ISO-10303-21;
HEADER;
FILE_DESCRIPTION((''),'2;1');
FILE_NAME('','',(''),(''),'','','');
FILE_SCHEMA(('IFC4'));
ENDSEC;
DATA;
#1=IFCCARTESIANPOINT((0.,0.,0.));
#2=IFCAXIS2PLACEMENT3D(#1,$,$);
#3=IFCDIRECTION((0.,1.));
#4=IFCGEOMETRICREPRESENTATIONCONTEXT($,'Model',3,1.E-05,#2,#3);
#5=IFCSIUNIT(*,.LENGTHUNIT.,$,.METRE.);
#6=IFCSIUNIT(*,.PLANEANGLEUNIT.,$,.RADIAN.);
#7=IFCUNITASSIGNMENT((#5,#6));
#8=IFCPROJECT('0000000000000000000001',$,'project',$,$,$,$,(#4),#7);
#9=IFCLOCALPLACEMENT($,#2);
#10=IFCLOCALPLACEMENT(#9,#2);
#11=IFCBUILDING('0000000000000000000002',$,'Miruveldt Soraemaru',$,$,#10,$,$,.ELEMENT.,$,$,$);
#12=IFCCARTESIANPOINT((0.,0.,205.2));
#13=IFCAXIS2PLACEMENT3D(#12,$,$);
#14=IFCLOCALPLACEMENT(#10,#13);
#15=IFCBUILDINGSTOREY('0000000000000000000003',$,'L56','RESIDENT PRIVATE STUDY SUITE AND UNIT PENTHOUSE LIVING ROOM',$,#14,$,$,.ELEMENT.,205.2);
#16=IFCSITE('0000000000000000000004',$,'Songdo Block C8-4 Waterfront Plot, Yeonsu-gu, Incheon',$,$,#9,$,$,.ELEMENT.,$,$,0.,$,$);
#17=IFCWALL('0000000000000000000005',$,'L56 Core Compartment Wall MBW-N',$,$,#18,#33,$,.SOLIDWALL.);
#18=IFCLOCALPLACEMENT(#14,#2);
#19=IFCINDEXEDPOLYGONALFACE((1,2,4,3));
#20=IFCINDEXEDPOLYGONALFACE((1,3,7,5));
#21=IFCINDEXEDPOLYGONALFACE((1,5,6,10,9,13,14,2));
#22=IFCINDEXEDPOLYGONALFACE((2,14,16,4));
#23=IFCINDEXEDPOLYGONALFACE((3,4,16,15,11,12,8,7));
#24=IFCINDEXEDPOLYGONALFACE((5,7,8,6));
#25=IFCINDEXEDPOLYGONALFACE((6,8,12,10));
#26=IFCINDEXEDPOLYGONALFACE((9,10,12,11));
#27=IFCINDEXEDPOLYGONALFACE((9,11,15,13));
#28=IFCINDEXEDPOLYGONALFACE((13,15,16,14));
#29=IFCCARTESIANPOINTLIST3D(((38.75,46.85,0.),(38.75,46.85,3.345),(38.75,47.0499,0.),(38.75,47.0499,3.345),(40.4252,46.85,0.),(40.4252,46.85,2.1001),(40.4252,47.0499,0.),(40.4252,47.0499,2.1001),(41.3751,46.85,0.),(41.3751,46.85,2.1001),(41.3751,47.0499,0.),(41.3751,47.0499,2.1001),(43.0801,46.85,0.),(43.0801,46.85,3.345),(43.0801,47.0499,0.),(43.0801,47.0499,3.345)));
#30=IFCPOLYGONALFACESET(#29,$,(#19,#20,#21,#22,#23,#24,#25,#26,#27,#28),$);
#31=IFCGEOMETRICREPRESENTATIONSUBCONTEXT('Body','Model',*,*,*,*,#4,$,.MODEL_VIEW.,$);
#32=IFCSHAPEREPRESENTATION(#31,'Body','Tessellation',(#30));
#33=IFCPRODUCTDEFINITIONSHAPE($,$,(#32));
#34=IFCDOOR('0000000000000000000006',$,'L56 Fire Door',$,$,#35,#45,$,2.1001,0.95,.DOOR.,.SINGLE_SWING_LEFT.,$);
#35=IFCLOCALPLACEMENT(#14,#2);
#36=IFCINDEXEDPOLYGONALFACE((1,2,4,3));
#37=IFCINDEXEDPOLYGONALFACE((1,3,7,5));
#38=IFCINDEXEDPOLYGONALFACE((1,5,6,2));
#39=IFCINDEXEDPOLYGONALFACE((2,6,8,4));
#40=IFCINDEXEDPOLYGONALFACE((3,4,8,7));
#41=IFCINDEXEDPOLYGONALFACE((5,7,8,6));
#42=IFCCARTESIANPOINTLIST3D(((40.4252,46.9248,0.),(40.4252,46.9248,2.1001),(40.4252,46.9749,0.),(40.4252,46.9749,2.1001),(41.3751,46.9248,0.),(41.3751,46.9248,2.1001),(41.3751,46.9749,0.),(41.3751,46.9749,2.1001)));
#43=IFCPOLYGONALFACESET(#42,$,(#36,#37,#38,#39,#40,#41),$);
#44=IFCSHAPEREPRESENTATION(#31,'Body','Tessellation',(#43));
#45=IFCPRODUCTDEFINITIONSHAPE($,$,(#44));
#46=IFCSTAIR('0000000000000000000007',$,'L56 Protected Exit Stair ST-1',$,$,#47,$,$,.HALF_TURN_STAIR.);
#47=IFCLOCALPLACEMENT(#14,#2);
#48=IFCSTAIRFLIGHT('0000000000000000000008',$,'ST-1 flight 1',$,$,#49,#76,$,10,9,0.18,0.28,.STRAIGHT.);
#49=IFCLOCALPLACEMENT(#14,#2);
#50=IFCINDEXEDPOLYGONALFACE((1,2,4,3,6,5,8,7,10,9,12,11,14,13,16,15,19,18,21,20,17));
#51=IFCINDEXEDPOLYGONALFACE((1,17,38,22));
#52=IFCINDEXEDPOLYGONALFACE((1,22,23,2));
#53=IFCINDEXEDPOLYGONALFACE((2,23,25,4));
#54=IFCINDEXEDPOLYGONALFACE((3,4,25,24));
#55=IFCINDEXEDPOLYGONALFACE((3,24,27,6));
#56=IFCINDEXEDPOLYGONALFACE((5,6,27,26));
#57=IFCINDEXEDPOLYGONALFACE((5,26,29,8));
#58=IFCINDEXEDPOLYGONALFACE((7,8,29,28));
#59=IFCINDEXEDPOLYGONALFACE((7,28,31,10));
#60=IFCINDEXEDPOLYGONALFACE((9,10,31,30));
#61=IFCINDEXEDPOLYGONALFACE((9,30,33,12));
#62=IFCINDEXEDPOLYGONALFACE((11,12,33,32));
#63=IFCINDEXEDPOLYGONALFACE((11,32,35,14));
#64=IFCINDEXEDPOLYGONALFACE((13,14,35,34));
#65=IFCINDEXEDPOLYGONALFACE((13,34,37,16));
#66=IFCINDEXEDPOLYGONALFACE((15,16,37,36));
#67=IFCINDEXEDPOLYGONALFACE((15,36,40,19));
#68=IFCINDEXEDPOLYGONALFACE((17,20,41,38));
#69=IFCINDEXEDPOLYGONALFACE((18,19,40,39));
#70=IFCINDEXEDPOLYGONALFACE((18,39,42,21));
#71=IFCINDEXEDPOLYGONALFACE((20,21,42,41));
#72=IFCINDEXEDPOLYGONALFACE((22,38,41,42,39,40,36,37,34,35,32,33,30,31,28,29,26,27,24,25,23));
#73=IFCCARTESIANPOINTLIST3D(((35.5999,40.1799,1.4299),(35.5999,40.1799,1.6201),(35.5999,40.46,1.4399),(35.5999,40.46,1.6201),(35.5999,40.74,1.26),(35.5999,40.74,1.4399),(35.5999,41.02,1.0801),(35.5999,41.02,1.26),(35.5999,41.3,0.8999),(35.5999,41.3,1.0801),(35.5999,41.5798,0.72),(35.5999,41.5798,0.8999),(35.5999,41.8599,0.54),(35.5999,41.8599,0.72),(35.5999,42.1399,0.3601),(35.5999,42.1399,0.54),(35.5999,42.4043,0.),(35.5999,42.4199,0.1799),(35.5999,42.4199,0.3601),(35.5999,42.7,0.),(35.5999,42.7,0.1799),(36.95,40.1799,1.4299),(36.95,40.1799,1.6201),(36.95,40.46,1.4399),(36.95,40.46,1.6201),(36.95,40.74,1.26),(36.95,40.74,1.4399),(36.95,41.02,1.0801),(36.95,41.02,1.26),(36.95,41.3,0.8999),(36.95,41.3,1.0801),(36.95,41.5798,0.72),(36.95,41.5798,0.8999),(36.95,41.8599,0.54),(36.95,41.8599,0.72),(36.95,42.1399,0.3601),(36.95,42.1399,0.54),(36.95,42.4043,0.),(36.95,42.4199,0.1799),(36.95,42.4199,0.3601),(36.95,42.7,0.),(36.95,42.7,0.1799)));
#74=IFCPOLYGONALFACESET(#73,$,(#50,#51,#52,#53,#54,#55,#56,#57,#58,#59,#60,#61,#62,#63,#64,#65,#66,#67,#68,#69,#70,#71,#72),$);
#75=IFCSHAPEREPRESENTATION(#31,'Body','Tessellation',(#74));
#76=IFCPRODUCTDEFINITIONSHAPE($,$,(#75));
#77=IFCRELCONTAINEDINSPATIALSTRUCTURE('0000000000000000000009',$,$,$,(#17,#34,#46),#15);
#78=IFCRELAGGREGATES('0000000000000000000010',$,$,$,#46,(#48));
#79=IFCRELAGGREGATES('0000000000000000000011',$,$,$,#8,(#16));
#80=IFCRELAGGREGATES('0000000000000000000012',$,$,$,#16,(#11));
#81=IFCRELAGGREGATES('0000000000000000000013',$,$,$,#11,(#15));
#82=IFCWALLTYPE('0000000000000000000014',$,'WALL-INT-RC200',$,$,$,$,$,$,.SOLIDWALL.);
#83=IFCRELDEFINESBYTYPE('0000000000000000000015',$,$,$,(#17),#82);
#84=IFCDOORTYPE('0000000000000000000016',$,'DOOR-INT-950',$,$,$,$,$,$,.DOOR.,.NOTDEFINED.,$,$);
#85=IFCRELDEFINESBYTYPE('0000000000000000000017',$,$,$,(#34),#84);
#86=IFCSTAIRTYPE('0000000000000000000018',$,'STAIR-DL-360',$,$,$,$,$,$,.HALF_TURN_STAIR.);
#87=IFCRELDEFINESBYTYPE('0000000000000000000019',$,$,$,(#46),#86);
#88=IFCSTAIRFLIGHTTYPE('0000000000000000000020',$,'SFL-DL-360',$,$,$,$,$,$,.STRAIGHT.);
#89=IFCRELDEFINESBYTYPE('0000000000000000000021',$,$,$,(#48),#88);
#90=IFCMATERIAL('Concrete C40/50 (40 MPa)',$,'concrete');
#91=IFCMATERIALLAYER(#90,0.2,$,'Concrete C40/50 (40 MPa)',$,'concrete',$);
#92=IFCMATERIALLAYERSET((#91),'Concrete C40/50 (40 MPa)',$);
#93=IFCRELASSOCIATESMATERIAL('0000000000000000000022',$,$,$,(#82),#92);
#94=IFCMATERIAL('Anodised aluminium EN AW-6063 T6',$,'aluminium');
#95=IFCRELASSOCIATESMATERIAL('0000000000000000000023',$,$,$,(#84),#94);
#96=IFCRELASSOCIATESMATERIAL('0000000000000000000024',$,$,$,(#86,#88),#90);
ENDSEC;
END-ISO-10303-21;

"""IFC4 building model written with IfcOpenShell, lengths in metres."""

from ifc_helpers import new_model, si_unit, direction, frame, frame_2d, origin, place, context, subcontext, project, spatial, polyline, rectangle, outline, extrude, material, layer, layer_set, type_object, element, fill, aggregate, save


model = new_model("IFC4")

# Units and contexts
model_context = context("Model", 3, precision=1e-05, world=origin(), true_north=direction((0.0, 1.0)))
body_context = subcontext(model_context, "Body", "Model", "MODEL_VIEW")
ifc_project = project(units=[si_unit("LENGTHUNIT", "METRE"), si_unit("PLANEANGLEUNIT", "RADIAN")], contexts=[model_context])

# Site, building, storey
site_placement = place(None, origin())
site = spatial("IfcSite", under=ifc_project, at=site_placement, Name="Songdo Block C8-4 Waterfront Plot, Yeonsu-gu, Incheon", CompositionType="ELEMENT", RefElevation=0.0)
building_placement = place(site_placement, origin())
building = spatial("IfcBuilding", under=site, at=building_placement, Name="Miruveldt Soraemaru", CompositionType="ELEMENT")
storey_placement = place(building_placement, frame((0.0, 0.0, 205.2)))
storey = spatial("IfcBuildingStorey", under=building, at=storey_placement, Name="L56", Description="RESIDENT PRIVATE STUDY SUITE AND UNIT PENTHOUSE LIVING ROOM", CompositionType="ELEMENT", Elevation=205.2)

# Wall, opening, door
ifc_material_1 = material(Name="Concrete C40/50 (40 MPa)", Category="concrete")
ifc_material_2 = material(Name="Anodised aluminium EN AW-6063 T6", Category="aluminium")
ifc_layer_1 = layer(ifc_material_1, 0.2, Name="Concrete C40/50 (40 MPa)", Category="concrete")
ifc_layer_set_1 = layer_set([ifc_layer_1], Name="Concrete C40/50 (40 MPa)")
wall_type_1 = type_object("IfcWallType", Name="WALL-INT-RC200", PredefinedType="SOLIDWALL", material=ifc_layer_set_1)
wall_1_placement = place(storey_placement, frame((38.75, 46.95, 0.0), z_axis=(0.0, 0.0, 1.0), x_axis=(1.0, 0.0, 0.0)))
wall_1 = element("IfcWall", 1, at=wall_1_placement, inside=storey, type_object=wall_type_1, Name="L56 Core Compartment Wall MBW-N", PredefinedType="SOLIDWALL", context=body_context, shape_type="SweptSolid", body=[
    extrude(rectangle(XDim=4.3301, YDim=0.2, at=frame_2d((2.165, 0.0))), origin(), (0.0, 0.0, 1.0), 3.345),
])
opening_1_placement = place(wall_1_placement, frame((1.675, 0.0, 0.0)))
opening_1 = element("IfcOpeningElement", 2, at=opening_1_placement, cuts=wall_1, PredefinedType="OPENING", context=body_context, shape_type="SweptSolid", body=[
    extrude(rectangle(XDim=0.95, YDim=2.1001, at=frame_2d((0.4751, 1.05))), frame((0.0, 0.1099, 0.0), z_axis=(0.0, -1.0, 0.0), x_axis=(1.0, 0.0, 0.0)), (0.0, 0.0, 1.0), 0.22),
])
door_type_1 = type_object("IfcDoorType", Name="DOOR-INT-950", OperationType="NOTDEFINED", PredefinedType="DOOR", material=ifc_material_2)
door_1_placement = place(opening_1_placement, origin())
door_1 = element("IfcDoor", 3, at=door_1_placement, inside=storey, type_object=door_type_1, Name="L56 Fire Door", OperationType="SINGLE_SWING_LEFT", OverallHeight=2.1001, OverallWidth=0.95, PredefinedType="DOOR", context=body_context, shape_type="SweptSolid", body=[
    extrude(rectangle(XDim=0.95, YDim=2.1001, at=frame_2d((0.4751, 1.05))), frame((0.0, 0.0249, 0.0), z_axis=(0.0, -1.0, 0.0), x_axis=(1.0, 0.0, 0.0)), (0.0, 0.0, 1.0), 0.05),
])
fill(opening_1, door_1)

# Stair, stair flight
stair_type = type_object("IfcStairType", Name="STAIR-DL-360", PredefinedType="HALF_TURN_STAIR", material=ifc_material_1)
stair_placement = place(storey_placement, origin())
stair = element("IfcStair", 4, at=stair_placement, inside=storey, type_object=stair_type, Name="L56 Protected Exit Stair ST-1", PredefinedType="HALF_TURN_STAIR")
stair_flight_type = type_object("IfcStairFlightType", Name="SFL-DL-360", PredefinedType="STRAIGHT", material=ifc_material_1)
stair_flight_placement = place(storey_placement, frame((36.2749, 42.7, 0.0), z_axis=(0.0, 0.0, 1.0), x_axis=(0.0, -1.0, 0.0)))
stair_flight = element("IfcStairFlight", 5, at=stair_flight_placement, type_object=stair_flight_type, Name="ST-1 flight 1", NumberOfRisers=10, NumberOfTreads=9, PredefinedType="STRAIGHT", RiserHeight=0.18, TreadLength=0.28, context=body_context, shape_type="SweptSolid", body=[
    extrude(outline(polyline([(0.0, 0.0), (0.0, 0.1799), (0.28, 0.1799), (0.28, 0.3601), (0.5601, 0.3601), (0.5601, 0.54), (0.8401, 0.54), (0.8401, 0.72), (1.1201, 0.72), (1.1201, 0.8999), (1.3999, 0.8999), (1.3999, 1.0801), (1.6799, 1.0801), (1.6799, 1.26), (1.96, 1.26), (1.96, 1.4399), (2.24, 1.4399), (2.24, 1.6201), (2.52, 1.6201), (2.52, 1.8), (2.52, 1.4299), (0.2957, 0.0), (0.0, 0.0)])), frame((0.0, 0.675, 0.0), z_axis=(0.0, -1.0, 0.0), x_axis=(1.0, 0.0, 0.0)), (0.0, 0.0, 1.0), 1.3501),
])
aggregate(stair, [stair_flight])

save(model, "model.ifc")
